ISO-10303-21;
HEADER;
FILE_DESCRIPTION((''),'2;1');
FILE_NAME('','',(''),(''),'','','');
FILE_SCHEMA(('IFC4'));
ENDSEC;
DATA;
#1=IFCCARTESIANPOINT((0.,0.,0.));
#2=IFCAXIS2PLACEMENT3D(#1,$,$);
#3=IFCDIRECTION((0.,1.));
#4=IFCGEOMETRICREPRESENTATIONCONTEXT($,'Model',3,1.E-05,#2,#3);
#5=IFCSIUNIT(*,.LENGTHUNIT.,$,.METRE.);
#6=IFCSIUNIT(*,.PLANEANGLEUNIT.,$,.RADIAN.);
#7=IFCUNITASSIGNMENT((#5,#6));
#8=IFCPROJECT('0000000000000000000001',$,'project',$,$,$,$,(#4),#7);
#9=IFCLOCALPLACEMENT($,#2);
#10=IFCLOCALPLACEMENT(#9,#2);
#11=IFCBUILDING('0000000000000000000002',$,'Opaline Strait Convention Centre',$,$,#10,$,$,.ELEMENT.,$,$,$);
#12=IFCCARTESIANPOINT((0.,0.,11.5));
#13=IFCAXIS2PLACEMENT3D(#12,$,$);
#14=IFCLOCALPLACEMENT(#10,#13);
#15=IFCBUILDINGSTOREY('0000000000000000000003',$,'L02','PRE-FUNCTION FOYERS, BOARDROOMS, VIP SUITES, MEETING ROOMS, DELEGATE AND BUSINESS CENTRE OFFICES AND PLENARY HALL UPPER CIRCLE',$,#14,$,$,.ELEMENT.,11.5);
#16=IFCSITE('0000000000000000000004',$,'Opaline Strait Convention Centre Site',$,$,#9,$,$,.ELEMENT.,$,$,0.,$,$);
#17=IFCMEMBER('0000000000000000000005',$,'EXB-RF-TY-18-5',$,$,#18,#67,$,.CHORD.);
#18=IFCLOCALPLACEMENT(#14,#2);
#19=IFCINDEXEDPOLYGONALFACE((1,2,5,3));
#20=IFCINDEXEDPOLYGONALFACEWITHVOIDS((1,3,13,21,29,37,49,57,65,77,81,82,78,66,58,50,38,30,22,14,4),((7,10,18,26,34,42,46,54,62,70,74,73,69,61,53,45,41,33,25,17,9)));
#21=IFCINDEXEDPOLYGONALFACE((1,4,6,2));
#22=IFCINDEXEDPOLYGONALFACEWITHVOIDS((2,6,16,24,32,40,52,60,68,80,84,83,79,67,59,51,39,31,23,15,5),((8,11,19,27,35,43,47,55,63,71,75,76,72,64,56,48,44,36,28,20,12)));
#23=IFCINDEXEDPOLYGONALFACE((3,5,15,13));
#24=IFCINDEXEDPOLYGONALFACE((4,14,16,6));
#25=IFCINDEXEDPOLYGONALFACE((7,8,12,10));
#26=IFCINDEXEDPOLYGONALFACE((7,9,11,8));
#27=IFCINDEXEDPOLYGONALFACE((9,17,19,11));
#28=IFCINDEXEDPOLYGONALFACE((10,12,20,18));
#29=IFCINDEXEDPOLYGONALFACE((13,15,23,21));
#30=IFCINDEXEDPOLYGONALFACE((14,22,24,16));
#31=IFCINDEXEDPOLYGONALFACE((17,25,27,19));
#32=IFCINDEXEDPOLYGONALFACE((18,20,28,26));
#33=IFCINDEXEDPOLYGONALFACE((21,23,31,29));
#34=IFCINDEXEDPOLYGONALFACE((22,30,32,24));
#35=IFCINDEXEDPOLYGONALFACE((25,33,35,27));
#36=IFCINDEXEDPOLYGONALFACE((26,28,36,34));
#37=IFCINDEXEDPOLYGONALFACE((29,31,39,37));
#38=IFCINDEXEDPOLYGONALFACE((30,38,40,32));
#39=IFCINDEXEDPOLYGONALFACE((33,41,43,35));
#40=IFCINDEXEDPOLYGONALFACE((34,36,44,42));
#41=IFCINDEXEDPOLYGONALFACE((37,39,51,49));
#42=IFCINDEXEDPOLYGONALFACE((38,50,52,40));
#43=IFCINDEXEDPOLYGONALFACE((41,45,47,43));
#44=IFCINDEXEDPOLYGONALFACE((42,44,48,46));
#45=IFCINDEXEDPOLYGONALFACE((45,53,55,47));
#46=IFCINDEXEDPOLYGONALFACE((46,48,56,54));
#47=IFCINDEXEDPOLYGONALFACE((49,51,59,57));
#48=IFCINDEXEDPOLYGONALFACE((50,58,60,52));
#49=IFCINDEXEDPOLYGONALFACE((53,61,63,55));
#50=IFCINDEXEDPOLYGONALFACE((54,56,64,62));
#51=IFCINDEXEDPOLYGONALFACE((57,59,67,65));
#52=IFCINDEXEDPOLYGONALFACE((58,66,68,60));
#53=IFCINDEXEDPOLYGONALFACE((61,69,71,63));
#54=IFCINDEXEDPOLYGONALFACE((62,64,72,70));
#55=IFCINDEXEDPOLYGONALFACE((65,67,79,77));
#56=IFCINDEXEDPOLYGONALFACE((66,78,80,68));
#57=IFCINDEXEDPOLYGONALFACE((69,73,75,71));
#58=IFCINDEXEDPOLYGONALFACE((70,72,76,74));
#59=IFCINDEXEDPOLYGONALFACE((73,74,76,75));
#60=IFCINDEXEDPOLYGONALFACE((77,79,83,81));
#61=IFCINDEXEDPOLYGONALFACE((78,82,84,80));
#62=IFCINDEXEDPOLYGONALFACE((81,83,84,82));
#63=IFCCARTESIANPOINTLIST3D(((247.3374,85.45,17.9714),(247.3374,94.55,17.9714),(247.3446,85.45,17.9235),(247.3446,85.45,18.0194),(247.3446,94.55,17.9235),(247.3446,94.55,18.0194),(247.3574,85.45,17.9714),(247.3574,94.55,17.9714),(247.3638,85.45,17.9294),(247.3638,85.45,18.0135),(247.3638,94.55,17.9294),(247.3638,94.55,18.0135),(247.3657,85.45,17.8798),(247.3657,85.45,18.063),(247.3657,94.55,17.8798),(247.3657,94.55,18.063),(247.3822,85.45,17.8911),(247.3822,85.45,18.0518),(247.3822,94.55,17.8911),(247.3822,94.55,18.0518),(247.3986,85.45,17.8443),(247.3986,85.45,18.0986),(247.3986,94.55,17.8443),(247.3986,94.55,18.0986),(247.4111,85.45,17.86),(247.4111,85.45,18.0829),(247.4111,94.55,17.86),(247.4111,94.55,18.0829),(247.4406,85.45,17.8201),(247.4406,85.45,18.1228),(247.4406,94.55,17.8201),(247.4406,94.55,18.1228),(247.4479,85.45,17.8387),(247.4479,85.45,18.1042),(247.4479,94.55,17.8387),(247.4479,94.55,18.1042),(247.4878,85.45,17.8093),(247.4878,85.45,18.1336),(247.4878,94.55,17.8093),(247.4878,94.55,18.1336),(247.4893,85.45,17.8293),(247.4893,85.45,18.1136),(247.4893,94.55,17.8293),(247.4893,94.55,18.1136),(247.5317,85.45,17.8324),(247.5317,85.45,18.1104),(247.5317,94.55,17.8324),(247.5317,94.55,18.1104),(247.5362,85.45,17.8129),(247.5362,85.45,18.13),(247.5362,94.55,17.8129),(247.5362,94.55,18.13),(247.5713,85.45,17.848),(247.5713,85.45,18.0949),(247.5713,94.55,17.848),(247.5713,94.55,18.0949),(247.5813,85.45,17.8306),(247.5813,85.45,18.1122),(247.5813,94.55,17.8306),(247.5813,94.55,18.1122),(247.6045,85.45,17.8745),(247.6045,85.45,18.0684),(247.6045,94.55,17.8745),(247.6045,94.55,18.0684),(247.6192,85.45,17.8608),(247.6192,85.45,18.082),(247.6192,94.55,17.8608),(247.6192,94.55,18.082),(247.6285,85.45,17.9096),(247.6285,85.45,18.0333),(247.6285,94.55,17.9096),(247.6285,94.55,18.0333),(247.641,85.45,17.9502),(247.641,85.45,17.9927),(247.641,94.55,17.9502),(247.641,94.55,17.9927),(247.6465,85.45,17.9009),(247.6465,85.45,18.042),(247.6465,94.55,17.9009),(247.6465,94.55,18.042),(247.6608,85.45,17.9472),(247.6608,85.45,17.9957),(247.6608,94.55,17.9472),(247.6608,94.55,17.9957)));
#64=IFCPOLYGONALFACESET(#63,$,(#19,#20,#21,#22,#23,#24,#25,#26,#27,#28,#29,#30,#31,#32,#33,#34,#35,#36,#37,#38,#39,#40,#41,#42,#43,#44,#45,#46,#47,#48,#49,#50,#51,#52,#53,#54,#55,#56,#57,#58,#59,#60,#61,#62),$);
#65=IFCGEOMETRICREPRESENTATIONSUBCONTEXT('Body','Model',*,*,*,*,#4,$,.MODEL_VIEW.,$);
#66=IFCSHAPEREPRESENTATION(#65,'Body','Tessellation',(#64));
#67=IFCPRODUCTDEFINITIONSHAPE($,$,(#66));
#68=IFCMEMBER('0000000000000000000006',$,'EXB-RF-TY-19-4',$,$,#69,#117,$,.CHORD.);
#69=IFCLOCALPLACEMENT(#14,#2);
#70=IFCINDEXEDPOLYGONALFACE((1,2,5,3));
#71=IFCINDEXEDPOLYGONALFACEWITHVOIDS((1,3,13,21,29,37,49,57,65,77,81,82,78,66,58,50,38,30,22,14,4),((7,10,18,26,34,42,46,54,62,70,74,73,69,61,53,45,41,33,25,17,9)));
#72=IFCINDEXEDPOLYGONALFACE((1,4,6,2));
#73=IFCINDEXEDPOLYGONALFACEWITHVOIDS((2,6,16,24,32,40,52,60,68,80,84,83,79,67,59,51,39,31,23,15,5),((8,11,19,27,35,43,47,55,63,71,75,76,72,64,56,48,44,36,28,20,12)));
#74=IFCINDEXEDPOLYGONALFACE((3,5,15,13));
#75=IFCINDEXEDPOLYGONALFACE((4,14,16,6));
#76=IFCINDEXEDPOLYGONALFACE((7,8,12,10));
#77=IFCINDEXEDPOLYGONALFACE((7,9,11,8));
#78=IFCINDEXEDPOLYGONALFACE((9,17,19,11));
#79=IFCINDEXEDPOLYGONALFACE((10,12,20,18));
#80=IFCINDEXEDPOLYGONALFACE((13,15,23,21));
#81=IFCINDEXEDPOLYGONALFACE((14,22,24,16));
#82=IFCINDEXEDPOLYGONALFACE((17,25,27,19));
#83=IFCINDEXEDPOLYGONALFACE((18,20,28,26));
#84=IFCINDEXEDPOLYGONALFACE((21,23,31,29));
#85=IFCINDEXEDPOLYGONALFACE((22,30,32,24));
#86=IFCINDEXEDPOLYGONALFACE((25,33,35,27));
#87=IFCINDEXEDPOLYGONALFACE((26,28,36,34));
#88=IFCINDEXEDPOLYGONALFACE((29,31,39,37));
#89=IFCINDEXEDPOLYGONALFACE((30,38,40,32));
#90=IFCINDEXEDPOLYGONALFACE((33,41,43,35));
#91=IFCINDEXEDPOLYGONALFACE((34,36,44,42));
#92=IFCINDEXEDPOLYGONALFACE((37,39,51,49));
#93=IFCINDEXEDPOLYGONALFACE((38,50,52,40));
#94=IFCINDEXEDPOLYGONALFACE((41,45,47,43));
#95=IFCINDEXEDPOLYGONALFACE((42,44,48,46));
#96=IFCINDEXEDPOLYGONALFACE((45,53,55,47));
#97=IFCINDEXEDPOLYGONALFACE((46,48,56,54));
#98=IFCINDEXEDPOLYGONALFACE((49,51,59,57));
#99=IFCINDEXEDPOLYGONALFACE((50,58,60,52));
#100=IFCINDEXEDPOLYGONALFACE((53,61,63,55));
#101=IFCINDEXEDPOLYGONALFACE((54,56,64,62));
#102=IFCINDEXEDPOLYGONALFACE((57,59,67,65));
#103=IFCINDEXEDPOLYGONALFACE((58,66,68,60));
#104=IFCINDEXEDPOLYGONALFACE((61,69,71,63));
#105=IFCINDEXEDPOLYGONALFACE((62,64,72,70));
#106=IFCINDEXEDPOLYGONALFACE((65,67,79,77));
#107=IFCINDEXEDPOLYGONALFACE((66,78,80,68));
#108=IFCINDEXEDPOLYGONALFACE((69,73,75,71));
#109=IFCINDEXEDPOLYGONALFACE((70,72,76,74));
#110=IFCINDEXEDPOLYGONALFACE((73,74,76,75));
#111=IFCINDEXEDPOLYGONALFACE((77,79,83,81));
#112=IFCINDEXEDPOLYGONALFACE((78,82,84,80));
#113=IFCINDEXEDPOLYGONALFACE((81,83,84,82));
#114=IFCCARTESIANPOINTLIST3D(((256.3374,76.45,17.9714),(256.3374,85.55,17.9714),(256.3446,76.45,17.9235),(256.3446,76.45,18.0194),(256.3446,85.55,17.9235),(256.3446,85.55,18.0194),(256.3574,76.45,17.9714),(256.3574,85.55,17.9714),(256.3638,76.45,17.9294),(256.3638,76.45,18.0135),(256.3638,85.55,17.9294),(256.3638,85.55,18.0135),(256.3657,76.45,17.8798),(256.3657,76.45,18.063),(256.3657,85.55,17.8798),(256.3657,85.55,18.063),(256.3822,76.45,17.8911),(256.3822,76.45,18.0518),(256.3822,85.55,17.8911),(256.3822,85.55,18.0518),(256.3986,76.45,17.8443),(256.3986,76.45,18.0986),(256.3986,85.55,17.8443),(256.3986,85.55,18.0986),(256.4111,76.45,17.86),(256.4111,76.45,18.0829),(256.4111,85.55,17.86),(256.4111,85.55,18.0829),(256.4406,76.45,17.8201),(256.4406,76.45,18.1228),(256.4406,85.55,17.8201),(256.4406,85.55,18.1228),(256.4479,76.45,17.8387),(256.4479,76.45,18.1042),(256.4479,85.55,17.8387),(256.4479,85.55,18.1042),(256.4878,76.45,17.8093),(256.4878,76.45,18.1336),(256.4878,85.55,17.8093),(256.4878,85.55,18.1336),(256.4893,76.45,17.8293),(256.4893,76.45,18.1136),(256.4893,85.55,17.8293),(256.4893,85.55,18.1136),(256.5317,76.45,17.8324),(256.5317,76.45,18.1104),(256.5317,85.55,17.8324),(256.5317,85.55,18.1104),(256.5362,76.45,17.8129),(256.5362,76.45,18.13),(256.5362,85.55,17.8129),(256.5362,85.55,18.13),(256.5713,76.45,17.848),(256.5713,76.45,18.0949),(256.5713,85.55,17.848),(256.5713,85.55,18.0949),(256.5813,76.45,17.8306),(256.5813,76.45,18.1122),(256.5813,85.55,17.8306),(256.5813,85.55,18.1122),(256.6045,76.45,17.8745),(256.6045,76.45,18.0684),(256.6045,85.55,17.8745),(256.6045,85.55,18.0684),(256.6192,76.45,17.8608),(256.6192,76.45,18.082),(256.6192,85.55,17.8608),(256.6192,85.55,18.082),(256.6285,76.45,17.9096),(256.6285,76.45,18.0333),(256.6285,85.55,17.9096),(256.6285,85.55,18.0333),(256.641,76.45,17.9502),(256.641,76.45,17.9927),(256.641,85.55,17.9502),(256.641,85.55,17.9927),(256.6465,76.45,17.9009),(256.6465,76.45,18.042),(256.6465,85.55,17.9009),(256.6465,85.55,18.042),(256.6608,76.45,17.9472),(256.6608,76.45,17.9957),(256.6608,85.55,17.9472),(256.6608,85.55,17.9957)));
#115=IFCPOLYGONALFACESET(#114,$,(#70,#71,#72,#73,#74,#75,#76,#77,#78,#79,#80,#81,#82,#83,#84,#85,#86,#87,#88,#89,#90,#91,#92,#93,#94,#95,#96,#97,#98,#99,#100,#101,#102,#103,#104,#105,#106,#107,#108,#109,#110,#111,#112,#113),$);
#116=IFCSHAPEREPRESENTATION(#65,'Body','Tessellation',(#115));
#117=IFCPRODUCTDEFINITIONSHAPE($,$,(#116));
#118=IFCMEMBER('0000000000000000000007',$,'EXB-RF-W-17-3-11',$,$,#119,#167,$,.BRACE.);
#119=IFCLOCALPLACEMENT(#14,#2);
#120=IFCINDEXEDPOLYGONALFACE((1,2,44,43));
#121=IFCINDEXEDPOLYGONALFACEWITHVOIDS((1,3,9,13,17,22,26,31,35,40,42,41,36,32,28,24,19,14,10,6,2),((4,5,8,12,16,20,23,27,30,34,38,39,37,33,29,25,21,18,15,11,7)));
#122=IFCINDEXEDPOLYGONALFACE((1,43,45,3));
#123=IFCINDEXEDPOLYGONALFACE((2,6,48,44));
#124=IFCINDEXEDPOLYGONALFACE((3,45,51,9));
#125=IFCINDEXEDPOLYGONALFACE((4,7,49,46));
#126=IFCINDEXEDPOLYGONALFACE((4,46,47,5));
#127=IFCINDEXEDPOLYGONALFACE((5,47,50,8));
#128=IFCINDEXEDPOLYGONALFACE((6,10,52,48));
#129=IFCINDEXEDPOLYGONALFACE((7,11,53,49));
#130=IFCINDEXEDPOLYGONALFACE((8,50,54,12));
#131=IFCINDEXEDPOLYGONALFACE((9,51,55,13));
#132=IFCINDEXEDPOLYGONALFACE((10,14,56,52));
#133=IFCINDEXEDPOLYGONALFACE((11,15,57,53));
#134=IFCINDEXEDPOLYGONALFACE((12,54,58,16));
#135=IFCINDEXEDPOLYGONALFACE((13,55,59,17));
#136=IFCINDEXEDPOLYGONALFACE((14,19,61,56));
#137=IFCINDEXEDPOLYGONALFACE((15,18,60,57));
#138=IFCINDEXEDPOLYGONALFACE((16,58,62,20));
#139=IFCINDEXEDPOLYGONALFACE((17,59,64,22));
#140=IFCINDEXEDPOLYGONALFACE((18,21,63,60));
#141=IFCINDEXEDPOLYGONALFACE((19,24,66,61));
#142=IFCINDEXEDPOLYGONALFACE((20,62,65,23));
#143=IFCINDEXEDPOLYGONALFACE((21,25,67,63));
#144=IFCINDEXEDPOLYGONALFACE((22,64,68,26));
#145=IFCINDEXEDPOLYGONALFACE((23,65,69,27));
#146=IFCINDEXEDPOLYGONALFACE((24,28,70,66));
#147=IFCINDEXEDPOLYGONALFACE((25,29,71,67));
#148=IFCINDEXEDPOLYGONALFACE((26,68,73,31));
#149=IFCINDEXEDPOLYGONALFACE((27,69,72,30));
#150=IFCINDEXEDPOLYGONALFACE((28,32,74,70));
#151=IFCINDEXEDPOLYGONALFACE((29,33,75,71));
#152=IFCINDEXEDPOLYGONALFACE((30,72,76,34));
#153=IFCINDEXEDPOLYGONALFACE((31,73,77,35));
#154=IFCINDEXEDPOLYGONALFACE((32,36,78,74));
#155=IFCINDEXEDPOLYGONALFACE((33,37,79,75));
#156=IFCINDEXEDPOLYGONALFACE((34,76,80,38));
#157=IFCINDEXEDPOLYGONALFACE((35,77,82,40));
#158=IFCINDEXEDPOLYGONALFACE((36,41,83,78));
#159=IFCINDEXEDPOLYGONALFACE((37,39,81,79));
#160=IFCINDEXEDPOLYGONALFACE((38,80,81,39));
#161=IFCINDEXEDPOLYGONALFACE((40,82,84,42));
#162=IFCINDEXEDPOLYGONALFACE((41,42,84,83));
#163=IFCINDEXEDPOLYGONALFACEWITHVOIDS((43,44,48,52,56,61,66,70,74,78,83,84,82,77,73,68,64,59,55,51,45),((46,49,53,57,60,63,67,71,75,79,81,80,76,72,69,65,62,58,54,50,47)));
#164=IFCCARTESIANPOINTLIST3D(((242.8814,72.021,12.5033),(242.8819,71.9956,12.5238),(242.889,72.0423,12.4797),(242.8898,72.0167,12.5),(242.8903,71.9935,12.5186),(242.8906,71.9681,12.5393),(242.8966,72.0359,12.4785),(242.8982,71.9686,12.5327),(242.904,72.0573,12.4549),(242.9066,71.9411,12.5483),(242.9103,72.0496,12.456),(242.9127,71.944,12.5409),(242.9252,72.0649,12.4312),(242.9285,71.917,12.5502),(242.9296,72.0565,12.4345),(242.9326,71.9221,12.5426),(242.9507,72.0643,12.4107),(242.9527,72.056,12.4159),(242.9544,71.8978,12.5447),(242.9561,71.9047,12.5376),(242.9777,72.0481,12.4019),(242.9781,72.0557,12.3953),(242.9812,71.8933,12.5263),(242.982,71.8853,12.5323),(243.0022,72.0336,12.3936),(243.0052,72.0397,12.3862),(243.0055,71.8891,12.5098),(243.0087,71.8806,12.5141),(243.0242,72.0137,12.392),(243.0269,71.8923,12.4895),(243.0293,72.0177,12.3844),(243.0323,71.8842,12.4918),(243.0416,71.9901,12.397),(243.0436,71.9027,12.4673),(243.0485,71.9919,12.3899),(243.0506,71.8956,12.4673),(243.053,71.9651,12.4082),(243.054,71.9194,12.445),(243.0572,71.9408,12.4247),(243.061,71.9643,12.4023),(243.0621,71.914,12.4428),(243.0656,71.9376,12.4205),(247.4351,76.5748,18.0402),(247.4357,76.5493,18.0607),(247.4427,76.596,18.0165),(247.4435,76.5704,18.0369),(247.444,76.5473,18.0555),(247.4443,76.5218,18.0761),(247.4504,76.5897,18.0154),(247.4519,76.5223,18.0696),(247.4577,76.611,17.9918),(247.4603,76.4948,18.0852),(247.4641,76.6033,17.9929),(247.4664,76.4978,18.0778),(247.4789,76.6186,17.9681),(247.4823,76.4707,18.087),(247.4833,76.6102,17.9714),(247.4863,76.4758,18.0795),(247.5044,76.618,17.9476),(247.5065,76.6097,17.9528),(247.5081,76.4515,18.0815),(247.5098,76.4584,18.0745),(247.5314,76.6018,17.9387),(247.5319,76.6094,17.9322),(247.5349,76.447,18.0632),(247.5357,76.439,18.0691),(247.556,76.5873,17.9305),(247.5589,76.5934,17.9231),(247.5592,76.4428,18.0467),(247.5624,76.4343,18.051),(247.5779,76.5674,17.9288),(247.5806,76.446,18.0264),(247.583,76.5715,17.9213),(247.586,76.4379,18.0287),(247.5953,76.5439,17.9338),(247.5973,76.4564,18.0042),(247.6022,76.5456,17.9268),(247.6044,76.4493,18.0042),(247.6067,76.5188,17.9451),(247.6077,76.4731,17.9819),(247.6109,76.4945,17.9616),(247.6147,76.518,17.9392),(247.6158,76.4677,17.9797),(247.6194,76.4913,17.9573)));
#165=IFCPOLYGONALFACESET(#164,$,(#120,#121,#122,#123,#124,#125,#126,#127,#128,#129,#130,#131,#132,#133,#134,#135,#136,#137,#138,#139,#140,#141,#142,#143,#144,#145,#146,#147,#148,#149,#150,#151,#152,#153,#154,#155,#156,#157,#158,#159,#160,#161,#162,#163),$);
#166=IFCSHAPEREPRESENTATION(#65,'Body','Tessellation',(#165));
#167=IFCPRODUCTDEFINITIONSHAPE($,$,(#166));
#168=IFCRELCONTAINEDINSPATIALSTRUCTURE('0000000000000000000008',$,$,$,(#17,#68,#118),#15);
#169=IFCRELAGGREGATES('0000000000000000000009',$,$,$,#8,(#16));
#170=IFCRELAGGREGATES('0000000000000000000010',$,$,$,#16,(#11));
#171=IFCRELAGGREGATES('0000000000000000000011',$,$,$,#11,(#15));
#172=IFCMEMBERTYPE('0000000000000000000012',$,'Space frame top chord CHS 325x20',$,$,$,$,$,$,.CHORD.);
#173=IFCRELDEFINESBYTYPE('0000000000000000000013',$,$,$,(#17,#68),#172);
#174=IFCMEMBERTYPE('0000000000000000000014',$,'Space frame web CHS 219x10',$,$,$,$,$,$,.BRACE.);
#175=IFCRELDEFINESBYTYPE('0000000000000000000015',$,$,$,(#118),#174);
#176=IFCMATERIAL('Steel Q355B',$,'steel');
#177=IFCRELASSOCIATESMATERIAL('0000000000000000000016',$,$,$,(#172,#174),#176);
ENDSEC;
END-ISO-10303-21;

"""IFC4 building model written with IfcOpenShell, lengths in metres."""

from ifc_helpers import new_model, si_unit, direction, frame, origin, origin_2d, place, context, subcontext, project, spatial, hollow_circle, extrude, material, material_profile, profile_set, type_object, element, save


model = new_model("IFC4")

# Units and contexts
model_context = context("Model", 3, precision=1e-05, world=origin(), true_north=direction((0.0, 1.0)))
body_context = subcontext(model_context, "Body", "Model", "MODEL_VIEW")
ifc_project = project(units=[si_unit("LENGTHUNIT", "METRE"), si_unit("PLANEANGLEUNIT", "RADIAN")], contexts=[model_context])

# Site, building, storey
site_placement = place(None, origin())
site = spatial("IfcSite", under=ifc_project, at=site_placement, Name="Opaline Strait Convention Centre Site", CompositionType="ELEMENT", RefElevation=0.0)
building_placement = place(site_placement, origin())
building = spatial("IfcBuilding", under=site, at=building_placement, Name="Opaline Strait Convention Centre", CompositionType="ELEMENT")
storey_placement = place(building_placement, frame((0.0, 0.0, 11.5)))
storey = spatial("IfcBuildingStorey", under=building, at=storey_placement, Name="L02", Description="PRE-FUNCTION FOYERS, BOARDROOMS, VIP SUITES, MEETING ROOMS, DELEGATE AND BUSINESS CENTRE OFFICES AND PLENARY HALL UPPER CIRCLE", CompositionType="ELEMENT", Elevation=11.5)

# Members
ifc_material_1 = material(Name="Steel Q355B", Category="steel")
ifc_material_profile_1 = material_profile(ifc_material_1, hollow_circle(Radius=0.1626, WallThickness=0.02, at=origin_2d()), Name="CHS 325x20")
ifc_profile_set_1 = profile_set([ifc_material_profile_1], Name="Steel Q355B")
member_type_1 = type_object("IfcMemberType", Name="Space frame top chord CHS 325x20", PredefinedType="CHORD", material=ifc_profile_set_1)
for number, where, z_axis, x_axis, name in (
    (1, (247.5, 85.45, 17.9714), (0.0, 1.0, 0.0), (-1.0, 0.0, 0.0), "EXB-RF-TY-18-5"),
    (2, (256.5, 76.45, 17.9714), (0.0, 1.0, 0.0), (-1.0, 0.0, 0.0), "EXB-RF-TY-19-4"),
):
    element("IfcMember", number, at=place(storey_placement, frame(where, z_axis=z_axis, x_axis=x_axis)), inside=storey, type_object=member_type_1, Name=name, PredefinedType="CHORD", context=body_context, shape_type="SweptSolid", body=[
        extrude(hollow_circle(Radius=0.1626, WallThickness=0.02, at=origin_2d()), origin(), (0.0, 0.0, 1.0), 9.1001),
    ])
ifc_material_profile_2 = material_profile(ifc_material_1, hollow_circle(Radius=0.1096, WallThickness=0.01, at=origin_2d()), Name="CHS 219x10")
ifc_profile_set_2 = profile_set([ifc_material_profile_2], Name="Steel Q355B")
member_type_2 = type_object("IfcMemberType", Name="Space frame web CHS 219x10", PredefinedType="BRACE", material=ifc_profile_set_2)
for number, where, z_axis, x_axis, name in (
    (3, (247.5269, 76.5269, 18.0042), (-0.536178, -0.536178, -0.65194), (0.707107, -0.707107, 0.0), "EXB-RF-W-17-3-11"),
):
    element("IfcMember", number, at=place(storey_placement, frame(where, z_axis=z_axis, x_axis=x_axis)), inside=storey, type_object=member_type_2, Name=name, PredefinedType="BRACE", context=body_context, shape_type="SweptSolid", body=[
        extrude(hollow_circle(Radius=0.1096, WallThickness=0.01, at=origin_2d()), origin(), (0.0, 0.0, 1.0), 8.4929),
    ])

save(model, "model.ifc")
